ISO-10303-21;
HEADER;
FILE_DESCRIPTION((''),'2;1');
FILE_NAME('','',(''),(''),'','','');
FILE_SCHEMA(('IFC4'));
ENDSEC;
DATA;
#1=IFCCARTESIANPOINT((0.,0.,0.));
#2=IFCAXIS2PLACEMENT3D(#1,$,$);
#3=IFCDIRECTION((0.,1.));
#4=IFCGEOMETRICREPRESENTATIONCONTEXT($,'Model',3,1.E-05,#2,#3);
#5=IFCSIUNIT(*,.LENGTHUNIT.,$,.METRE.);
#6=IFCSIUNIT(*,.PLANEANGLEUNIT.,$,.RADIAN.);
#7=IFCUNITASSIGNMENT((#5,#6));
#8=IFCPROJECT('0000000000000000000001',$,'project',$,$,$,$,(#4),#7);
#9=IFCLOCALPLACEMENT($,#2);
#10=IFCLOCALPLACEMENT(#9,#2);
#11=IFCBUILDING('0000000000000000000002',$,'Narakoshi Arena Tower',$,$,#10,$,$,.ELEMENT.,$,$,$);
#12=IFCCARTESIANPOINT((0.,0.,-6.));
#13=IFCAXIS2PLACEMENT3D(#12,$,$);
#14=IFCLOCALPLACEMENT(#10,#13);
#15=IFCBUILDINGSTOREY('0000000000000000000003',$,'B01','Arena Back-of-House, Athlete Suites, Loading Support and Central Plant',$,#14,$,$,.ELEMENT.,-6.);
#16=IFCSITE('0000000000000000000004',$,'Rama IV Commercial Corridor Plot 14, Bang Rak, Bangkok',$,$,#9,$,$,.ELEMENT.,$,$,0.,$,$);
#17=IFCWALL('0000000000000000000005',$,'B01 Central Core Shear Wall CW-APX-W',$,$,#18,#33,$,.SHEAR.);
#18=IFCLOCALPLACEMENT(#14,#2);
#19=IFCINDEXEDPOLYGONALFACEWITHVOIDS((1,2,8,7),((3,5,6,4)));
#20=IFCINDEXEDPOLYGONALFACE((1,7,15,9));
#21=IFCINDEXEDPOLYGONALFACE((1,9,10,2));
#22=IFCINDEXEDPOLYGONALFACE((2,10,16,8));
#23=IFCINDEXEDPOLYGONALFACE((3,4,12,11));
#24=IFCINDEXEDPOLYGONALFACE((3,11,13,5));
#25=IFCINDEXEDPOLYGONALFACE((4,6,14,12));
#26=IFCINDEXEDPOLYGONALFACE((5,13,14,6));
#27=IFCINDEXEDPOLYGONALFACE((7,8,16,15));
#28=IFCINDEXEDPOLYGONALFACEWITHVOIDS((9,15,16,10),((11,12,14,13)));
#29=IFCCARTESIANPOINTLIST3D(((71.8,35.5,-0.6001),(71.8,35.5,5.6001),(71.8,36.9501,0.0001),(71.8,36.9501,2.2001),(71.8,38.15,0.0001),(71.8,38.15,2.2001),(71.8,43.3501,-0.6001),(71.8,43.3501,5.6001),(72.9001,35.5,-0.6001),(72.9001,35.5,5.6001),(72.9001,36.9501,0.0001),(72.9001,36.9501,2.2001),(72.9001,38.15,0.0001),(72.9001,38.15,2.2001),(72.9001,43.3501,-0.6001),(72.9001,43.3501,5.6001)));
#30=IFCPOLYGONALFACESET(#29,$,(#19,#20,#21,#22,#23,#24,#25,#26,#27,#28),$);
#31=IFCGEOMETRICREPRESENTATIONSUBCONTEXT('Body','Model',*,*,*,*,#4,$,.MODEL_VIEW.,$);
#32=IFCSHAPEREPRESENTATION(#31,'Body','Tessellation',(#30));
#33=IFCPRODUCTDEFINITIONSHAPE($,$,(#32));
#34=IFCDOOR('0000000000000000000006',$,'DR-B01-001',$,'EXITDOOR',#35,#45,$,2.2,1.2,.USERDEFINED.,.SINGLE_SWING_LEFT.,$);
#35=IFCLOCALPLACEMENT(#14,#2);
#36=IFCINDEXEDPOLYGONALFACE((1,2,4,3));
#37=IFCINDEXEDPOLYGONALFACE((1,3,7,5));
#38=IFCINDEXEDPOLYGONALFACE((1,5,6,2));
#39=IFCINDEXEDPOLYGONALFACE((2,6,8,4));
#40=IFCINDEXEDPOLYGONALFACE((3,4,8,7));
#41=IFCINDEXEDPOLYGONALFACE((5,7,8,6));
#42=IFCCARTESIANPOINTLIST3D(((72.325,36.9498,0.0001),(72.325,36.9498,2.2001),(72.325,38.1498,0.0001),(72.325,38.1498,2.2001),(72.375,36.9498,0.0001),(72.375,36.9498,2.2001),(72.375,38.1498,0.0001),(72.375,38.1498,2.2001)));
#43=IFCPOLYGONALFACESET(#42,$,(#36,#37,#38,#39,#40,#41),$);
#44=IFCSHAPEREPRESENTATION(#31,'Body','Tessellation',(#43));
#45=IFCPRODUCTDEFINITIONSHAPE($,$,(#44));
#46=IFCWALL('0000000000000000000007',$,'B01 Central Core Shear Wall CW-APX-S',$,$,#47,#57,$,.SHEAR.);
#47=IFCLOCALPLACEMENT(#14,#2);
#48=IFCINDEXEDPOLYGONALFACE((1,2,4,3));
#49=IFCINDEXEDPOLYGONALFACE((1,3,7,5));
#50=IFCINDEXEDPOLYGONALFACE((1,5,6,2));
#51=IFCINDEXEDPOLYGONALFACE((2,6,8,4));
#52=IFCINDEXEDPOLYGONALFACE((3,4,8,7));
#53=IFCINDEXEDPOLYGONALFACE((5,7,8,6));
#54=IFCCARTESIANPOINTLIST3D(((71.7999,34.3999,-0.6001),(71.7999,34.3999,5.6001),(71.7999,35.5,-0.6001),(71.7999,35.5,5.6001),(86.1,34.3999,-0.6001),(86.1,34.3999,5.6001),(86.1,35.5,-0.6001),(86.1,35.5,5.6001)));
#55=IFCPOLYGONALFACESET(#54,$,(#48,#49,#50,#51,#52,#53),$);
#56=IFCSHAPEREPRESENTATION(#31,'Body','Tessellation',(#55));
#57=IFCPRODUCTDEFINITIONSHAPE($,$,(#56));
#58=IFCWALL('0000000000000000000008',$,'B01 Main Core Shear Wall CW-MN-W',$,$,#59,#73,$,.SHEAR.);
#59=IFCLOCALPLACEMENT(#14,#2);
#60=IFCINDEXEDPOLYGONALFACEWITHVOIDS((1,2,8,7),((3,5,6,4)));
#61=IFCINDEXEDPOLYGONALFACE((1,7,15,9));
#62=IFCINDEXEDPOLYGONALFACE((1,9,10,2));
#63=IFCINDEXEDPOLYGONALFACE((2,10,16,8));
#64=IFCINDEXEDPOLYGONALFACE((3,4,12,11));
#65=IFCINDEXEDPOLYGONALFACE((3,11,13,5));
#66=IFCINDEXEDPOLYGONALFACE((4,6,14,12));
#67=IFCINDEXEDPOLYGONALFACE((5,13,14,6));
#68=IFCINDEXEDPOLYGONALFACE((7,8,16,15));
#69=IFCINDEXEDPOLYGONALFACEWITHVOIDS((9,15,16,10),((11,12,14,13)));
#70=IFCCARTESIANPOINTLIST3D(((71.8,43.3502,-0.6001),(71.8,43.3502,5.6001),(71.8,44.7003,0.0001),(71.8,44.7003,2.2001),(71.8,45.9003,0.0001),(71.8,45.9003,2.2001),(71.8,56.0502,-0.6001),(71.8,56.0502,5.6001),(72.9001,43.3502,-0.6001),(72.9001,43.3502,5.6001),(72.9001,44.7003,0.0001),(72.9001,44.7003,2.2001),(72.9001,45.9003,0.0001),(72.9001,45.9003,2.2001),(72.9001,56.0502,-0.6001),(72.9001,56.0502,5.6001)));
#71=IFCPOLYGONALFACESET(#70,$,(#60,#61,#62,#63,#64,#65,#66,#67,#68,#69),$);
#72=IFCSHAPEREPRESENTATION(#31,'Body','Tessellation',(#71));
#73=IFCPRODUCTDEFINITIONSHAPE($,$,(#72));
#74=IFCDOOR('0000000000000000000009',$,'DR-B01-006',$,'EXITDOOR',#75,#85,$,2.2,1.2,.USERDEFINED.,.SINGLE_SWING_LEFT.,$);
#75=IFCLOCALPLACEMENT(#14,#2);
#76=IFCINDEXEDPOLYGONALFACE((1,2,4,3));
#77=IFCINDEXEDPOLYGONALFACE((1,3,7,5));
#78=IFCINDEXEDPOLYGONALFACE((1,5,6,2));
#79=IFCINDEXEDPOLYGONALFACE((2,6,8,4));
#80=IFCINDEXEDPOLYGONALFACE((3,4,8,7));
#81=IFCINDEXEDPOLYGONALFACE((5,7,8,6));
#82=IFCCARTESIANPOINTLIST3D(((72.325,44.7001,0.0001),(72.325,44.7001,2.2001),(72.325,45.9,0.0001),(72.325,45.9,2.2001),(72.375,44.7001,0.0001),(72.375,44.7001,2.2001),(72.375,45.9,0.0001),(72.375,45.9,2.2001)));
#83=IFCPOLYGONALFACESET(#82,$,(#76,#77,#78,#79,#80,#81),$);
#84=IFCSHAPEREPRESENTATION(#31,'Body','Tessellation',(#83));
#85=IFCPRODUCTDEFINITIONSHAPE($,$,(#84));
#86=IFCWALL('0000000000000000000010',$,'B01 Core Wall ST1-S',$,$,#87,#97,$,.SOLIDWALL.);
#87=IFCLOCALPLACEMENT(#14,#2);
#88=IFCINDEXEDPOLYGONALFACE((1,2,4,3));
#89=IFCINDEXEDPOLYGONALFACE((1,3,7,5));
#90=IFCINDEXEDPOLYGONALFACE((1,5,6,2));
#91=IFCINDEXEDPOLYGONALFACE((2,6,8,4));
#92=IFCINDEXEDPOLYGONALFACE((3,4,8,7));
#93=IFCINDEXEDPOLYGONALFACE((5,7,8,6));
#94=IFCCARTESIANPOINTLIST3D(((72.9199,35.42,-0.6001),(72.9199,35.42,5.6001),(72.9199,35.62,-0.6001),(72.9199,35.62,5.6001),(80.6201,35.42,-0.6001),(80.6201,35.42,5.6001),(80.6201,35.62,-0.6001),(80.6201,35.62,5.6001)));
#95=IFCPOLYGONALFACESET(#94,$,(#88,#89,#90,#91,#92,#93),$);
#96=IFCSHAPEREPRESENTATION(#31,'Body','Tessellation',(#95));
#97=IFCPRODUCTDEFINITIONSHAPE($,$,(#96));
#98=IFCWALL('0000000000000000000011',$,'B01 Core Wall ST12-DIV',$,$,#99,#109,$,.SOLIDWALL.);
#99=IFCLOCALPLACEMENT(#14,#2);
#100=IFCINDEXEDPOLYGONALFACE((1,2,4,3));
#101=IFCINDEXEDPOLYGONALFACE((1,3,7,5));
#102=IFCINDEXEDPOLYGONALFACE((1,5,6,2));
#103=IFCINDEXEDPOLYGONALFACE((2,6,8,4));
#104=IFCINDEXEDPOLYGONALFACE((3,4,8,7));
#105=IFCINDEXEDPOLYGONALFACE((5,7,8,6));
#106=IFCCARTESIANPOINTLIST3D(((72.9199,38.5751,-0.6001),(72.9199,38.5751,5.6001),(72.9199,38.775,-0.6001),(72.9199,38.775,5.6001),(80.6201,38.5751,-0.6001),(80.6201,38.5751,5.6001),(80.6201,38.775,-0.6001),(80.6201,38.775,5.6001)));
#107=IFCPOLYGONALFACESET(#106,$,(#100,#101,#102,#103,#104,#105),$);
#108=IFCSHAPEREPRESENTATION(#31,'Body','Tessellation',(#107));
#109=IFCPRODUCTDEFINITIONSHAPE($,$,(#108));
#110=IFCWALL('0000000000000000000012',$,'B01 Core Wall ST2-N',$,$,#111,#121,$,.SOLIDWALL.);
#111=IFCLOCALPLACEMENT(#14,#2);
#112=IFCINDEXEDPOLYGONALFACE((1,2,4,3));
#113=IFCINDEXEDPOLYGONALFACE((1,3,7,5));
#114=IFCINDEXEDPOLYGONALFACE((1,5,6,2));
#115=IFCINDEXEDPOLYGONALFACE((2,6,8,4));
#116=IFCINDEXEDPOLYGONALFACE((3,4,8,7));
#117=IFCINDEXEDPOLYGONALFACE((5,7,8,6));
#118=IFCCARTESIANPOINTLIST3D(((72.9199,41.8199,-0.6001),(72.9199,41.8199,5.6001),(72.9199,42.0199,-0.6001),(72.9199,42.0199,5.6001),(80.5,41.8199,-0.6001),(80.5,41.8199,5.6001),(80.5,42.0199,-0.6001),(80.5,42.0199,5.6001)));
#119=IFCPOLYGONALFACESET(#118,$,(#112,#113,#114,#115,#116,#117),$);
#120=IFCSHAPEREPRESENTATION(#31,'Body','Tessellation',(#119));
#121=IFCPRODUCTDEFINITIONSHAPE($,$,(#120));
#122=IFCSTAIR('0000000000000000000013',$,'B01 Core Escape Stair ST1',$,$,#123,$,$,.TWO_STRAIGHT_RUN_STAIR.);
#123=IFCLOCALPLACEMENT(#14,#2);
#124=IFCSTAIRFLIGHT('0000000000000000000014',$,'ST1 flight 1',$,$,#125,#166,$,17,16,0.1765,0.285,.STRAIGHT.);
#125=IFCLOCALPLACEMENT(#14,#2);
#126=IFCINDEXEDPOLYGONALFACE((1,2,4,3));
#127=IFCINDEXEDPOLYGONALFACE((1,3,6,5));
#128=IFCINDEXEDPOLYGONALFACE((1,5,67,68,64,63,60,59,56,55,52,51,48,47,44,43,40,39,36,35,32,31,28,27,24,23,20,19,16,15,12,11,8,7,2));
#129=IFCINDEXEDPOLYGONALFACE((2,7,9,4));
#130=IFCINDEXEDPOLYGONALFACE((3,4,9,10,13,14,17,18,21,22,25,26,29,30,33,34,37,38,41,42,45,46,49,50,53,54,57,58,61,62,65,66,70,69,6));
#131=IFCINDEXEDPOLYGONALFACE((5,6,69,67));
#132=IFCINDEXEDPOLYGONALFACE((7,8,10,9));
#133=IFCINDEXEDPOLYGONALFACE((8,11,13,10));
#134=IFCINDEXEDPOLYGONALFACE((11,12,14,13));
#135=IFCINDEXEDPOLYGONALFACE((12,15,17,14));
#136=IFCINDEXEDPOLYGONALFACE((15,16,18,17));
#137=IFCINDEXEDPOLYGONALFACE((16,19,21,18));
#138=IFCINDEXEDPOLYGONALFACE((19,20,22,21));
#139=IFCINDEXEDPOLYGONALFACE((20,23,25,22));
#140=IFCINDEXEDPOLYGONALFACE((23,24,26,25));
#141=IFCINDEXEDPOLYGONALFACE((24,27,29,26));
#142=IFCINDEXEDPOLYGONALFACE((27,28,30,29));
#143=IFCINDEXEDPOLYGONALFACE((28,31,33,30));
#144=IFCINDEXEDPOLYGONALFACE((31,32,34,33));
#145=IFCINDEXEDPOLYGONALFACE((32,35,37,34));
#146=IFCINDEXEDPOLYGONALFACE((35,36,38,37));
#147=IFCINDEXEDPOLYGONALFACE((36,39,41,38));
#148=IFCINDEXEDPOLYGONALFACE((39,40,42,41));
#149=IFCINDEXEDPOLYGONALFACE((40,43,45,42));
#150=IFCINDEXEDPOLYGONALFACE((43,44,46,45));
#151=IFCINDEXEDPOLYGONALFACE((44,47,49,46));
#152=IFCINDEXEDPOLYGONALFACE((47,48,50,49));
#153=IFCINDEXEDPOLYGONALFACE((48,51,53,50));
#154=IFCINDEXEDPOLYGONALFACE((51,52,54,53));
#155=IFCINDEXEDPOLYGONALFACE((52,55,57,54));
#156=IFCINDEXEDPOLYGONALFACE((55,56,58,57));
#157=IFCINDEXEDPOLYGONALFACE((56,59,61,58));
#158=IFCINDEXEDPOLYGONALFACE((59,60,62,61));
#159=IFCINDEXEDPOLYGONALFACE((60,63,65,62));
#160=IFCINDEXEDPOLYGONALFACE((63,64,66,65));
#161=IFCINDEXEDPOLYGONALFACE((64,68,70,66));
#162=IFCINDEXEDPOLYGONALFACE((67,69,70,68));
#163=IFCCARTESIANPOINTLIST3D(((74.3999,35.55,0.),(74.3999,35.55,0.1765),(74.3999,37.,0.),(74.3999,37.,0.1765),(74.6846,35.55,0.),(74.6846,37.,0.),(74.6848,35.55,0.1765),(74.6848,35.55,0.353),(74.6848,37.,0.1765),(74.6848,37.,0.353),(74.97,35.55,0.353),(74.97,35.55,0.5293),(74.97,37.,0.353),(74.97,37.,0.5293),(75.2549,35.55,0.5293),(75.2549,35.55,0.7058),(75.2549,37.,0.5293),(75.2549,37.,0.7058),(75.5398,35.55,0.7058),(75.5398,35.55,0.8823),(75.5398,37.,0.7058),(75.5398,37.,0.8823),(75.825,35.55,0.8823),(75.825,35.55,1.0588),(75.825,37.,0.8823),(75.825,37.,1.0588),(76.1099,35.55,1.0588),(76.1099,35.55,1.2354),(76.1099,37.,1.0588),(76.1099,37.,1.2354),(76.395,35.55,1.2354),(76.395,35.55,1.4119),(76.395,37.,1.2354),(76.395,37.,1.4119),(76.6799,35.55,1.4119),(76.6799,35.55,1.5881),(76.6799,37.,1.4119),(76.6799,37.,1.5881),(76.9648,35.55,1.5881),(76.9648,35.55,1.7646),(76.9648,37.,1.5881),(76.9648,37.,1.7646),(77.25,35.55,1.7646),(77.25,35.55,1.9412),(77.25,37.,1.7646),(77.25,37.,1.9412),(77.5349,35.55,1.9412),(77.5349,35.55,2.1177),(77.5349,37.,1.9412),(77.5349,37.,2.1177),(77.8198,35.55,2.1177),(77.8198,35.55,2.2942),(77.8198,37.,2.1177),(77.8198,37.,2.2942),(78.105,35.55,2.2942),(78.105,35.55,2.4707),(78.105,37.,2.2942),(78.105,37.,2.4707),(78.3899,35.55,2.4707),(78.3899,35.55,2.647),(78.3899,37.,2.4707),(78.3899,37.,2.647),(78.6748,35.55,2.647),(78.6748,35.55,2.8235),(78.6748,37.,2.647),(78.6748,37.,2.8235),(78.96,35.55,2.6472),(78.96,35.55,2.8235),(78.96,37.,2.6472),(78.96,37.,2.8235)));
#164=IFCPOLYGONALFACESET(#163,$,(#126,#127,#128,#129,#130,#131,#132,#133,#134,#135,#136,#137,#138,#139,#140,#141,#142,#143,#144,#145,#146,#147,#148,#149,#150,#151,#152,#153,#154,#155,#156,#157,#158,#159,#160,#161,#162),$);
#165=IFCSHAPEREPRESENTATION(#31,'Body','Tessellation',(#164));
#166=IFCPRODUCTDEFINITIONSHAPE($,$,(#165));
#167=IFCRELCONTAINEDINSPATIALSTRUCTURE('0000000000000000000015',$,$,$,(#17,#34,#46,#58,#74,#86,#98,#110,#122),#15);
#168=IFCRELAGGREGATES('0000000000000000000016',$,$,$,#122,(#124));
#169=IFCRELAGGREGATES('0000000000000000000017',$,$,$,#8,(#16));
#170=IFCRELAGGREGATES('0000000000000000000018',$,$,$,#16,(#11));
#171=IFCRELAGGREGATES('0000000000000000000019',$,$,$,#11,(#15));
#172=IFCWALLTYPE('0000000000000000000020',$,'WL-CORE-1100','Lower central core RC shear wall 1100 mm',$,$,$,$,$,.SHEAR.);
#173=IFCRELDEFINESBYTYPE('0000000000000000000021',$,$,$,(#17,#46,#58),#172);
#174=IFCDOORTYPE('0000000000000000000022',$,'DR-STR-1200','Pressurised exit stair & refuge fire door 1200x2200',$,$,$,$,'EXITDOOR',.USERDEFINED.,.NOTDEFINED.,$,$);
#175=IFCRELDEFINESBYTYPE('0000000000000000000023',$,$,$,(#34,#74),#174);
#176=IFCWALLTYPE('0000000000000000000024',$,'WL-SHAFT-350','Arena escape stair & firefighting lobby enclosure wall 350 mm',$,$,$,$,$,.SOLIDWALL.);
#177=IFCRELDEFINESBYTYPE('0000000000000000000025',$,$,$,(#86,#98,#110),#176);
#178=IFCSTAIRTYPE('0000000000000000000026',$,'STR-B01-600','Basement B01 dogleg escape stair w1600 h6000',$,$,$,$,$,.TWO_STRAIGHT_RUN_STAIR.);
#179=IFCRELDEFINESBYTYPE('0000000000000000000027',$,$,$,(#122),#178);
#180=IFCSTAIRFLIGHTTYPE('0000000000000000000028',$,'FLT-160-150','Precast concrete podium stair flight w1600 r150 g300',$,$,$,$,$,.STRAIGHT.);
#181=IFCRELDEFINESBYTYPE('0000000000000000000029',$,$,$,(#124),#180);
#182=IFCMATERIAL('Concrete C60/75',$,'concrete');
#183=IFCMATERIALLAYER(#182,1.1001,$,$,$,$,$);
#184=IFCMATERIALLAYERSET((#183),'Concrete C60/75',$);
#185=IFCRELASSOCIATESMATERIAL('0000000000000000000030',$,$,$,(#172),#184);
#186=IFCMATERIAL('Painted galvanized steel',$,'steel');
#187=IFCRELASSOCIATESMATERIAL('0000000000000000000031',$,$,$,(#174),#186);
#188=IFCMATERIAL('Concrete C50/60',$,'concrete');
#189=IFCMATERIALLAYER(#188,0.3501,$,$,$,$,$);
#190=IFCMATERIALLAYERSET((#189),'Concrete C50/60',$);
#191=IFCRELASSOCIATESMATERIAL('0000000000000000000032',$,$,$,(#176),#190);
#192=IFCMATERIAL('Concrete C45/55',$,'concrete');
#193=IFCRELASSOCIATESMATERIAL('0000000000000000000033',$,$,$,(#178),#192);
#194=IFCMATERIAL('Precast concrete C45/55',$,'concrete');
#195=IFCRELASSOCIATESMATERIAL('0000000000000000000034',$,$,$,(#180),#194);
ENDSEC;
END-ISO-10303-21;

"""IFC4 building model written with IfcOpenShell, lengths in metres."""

from ifc_helpers import new_model, si_unit, direction, frame, frame_2d, origin, place, context, subcontext, project, spatial, polyline, rectangle, outline, extrude, material, layer, layer_set, type_object, element, fill, aggregate, save


model = new_model("IFC4")

# Units and contexts
model_context = context("Model", 3, precision=1e-05, world=origin(), true_north=direction((0.0, 1.0)))
body_context = subcontext(model_context, "Body", "Model", "MODEL_VIEW")
ifc_project = project(units=[si_unit("LENGTHUNIT", "METRE"), si_unit("PLANEANGLEUNIT", "RADIAN")], contexts=[model_context])

# Site, building, storey
site_placement = place(None, origin())
site = spatial("IfcSite", under=ifc_project, at=site_placement, Name="Rama IV Commercial Corridor Plot 14, Bang Rak, Bangkok", CompositionType="ELEMENT", RefElevation=0.0)
building_placement = place(site_placement, origin())
building = spatial("IfcBuilding", under=site, at=building_placement, Name="Narakoshi Arena Tower", CompositionType="ELEMENT")
storey_placement = place(building_placement, frame((0.0, 0.0, -6.0)))
storey = spatial("IfcBuildingStorey", under=building, at=storey_placement, Name="B01", Description="Arena Back-of-House, Athlete Suites, Loading Support and Central Plant", CompositionType="ELEMENT", Elevation=-6.0)

# Shared definitions
ifc_material_1 = material(Name="Concrete C45/55", Category="concrete")

# Shared definitions
ifc_material_2 = material(Name="Concrete C60/75", Category="concrete")

# Wall, opening, door
ifc_layer_1 = layer(ifc_material_2, 1.1001)
ifc_layer_set_1 = layer_set([ifc_layer_1], Name="Concrete C60/75")
wall_type_1 = type_object("IfcWallType", Name="WL-CORE-1100", Description="Lower central core RC shear wall 1100 mm", PredefinedType="SHEAR", material=ifc_layer_set_1)
wall_1_placement = place(storey_placement, frame((72.3501, 35.5, -0.6001), z_axis=(0.0, 0.0, 1.0), x_axis=(0.0, 1.0, 0.0)))
wall_1 = element("IfcWall", 1, at=wall_1_placement, inside=storey, type_object=wall_type_1, Name="B01 Central Core Shear Wall CW-APX-W", PredefinedType="SHEAR", context=body_context, shape_type="SweptSolid", body=[
    extrude(rectangle(XDim=7.8501, YDim=1.1001, at=frame_2d((3.925, 0.0))), origin(), (0.0, 0.0, 1.0), 6.2002),
])
opening_1_placement = place(wall_1_placement, frame((1.45, 0.0, 0.6001)))
opening_1 = element("IfcOpeningElement", 2, at=opening_1_placement, cuts=wall_1, PredefinedType="OPENING", context=body_context, shape_type="SweptSolid", body=[
    extrude(rectangle(XDim=1.2, YDim=2.2, at=frame_2d((0.6001, 1.1001))), frame((0.0, 0.5601, 0.0), z_axis=(0.0, -1.0, 0.0), x_axis=(1.0, 0.0, 0.0)), (0.0, 0.0, 1.0), 1.1201),
])
ifc_material_3 = material(Name="Painted galvanized steel", Category="steel")
door_type = type_object("IfcDoorType", Name="DR-STR-1200", Description="Pressurised exit stair & refuge fire door 1200x2200", ElementType="EXITDOOR", OperationType="NOTDEFINED", PredefinedType="USERDEFINED", material=ifc_material_3)
door_1_placement = place(opening_1_placement, frame((1.2, 0.0, 0.0), z_axis=(0.0, 0.0, 1.0), x_axis=(-1.0, 0.0, 0.0)))
door_1 = element("IfcDoor", 3, at=door_1_placement, inside=storey, type_object=door_type, Name="DR-B01-001", ObjectType="EXITDOOR", OperationType="SINGLE_SWING_LEFT", OverallHeight=2.2, OverallWidth=1.2, PredefinedType="USERDEFINED", context=body_context, shape_type="SweptSolid", body=[
    extrude(rectangle(XDim=1.2, YDim=2.2, at=frame_2d((0.6001, 1.1001))), frame((0.0, 0.0249, 0.0), z_axis=(0.0, -1.0, 0.0), x_axis=(1.0, 0.0, 0.0)), (0.0, 0.0, 1.0), 0.05),
])
fill(opening_1, door_1)

# Wall
wall_2_placement = place(storey_placement, frame((71.8, 34.95, -0.6001), z_axis=(0.0, 0.0, 1.0), x_axis=(1.0, 0.0, 0.0)))
element("IfcWall", 4, at=wall_2_placement, inside=storey, type_object=wall_type_1, Name="B01 Central Core Shear Wall CW-APX-S", PredefinedType="SHEAR", context=body_context, shape_type="SweptSolid", body=[
    extrude(rectangle(XDim=14.3, YDim=1.1001, at=frame_2d((7.1499, 0.0))), origin(), (0.0, 0.0, 1.0), 6.2002),
])

# Wall, opening, door
wall_3_placement = place(storey_placement, frame((72.3501, 43.3501, -0.6001), z_axis=(0.0, 0.0, 1.0), x_axis=(0.0, 1.0, 0.0)))
wall_3 = element("IfcWall", 5, at=wall_3_placement, inside=storey, type_object=wall_type_1, Name="B01 Main Core Shear Wall CW-MN-W", PredefinedType="SHEAR", context=body_context, shape_type="SweptSolid", body=[
    extrude(rectangle(XDim=12.7, YDim=1.1001, at=frame_2d((6.3501, 0.0))), origin(), (0.0, 0.0, 1.0), 6.2002),
])
opening_2_placement = place(wall_3_placement, frame((1.3501, 0.0, 0.6001)))
opening_2 = element("IfcOpeningElement", 6, at=opening_2_placement, cuts=wall_3, PredefinedType="OPENING", context=body_context, shape_type="SweptSolid", body=[
    extrude(rectangle(XDim=1.2, YDim=2.2, at=frame_2d((0.6001, 1.1001))), frame((0.0, 0.5601, 0.0), z_axis=(0.0, -1.0, 0.0), x_axis=(1.0, 0.0, 0.0)), (0.0, 0.0, 1.0), 1.1201),
])
door_2_placement = place(opening_2_placement, frame((1.2, 0.0, 0.0), z_axis=(0.0, 0.0, 1.0), x_axis=(-1.0, 0.0, 0.0)))
door_2 = element("IfcDoor", 7, at=door_2_placement, inside=storey, type_object=door_type, Name="DR-B01-006", ObjectType="EXITDOOR", OperationType="SINGLE_SWING_LEFT", OverallHeight=2.2, OverallWidth=1.2, PredefinedType="USERDEFINED", context=body_context, shape_type="SweptSolid", body=[
    extrude(rectangle(XDim=1.2, YDim=2.2, at=frame_2d((0.6001, 1.1001))), frame((0.0, 0.0249, 0.0), z_axis=(0.0, -1.0, 0.0), x_axis=(1.0, 0.0, 0.0)), (0.0, 0.0, 1.0), 0.05),
])
fill(opening_2, door_2)

# Walls
ifc_material_4 = material(Name="Concrete C50/60", Category="concrete")
ifc_layer_2 = layer(ifc_material_4, 0.3501)
ifc_layer_set_2 = layer_set([ifc_layer_2], Name="Concrete C50/60")
wall_type_2 = type_object("IfcWallType", Name="WL-SHAFT-350", Description="Arena escape stair & firefighting lobby enclosure wall 350 mm", PredefinedType="SOLIDWALL", material=ifc_layer_set_2)
for number, where, z_axis, x_axis, name in (
    (8, (72.9199, 35.52, -0.6001), (0.0, 0.0, 1.0), (1.0, 0.0, 0.0), "B01 Core Wall ST1-S"),
    (9, (72.9199, 38.675, -0.6001), (0.0, 0.0, 1.0), (1.0, 0.0, 0.0), "B01 Core Wall ST12-DIV"),
):
    element("IfcWall", number, at=place(storey_placement, frame(where, z_axis=z_axis, x_axis=x_axis)), inside=storey, type_object=wall_type_2, Name=name, PredefinedType="SOLIDWALL", context=body_context, shape_type="SweptSolid", body=[
        extrude(rectangle(XDim=7.7002, YDim=0.2, at=frame_2d((3.8501, 0.0))), origin(), (0.0, 0.0, 1.0), 6.2002),
    ])
wall_4_placement = place(storey_placement, frame((72.9199, 41.9199, -0.6001), z_axis=(0.0, 0.0, 1.0), x_axis=(1.0, 0.0, 0.0)))
element("IfcWall", 10, at=wall_4_placement, inside=storey, type_object=wall_type_2, Name="B01 Core Wall ST2-N", PredefinedType="SOLIDWALL", context=body_context, shape_type="SweptSolid", body=[
    extrude(rectangle(XDim=7.5801, YDim=0.2, at=frame_2d((3.79, 0.0))), origin(), (0.0, 0.0, 1.0), 6.2002),
])

# Stair, stair flight
stair_type = type_object("IfcStairType", Name="STR-B01-600", Description="Basement B01 dogleg escape stair w1600 h6000", PredefinedType="TWO_STRAIGHT_RUN_STAIR", material=ifc_material_1)
stair_1_placement = place(storey_placement, origin())
stair_1 = element("IfcStair", 11, at=stair_1_placement, inside=storey, type_object=stair_type, Name="B01 Core Escape Stair ST1", PredefinedType="TWO_STRAIGHT_RUN_STAIR")
ifc_material_5 = material(Name="Precast concrete C45/55", Category="concrete")
stair_flight_type = type_object("IfcStairFlightType", Name="FLT-160-150", Description="Precast concrete podium stair flight w1600 r150 g300", PredefinedType="STRAIGHT", material=ifc_material_5)
stair_flight_1_placement = place(storey_placement, frame((74.3999, 36.2749, 0.0), z_axis=(0.0, 0.0, 1.0), x_axis=(1.0, 0.0, 0.0)))
stair_flight_1 = element("IfcStairFlight", 12, at=stair_flight_1_placement, type_object=stair_flight_type, Name="ST1 flight 1", NumberOfRisers=17, NumberOfTreads=16, PredefinedType="STRAIGHT", RiserHeight=0.1765, TreadLength=0.285, context=body_context, shape_type="SweptSolid", body=[
    extrude(outline(polyline([(0.0, 0.0), (0.0, 0.1765), (0.2849, 0.1765), (0.2849, 0.353), (0.5701, 0.353), (0.5701, 0.5293), (0.855, 0.5293), (0.855, 0.7058), (1.1399, 0.7058), (1.1399, 0.8823), (1.425, 0.8823), (1.425, 1.0588), (1.71, 1.0588), (1.71, 1.2354), (1.9951, 1.2354), (1.9951, 1.4119), (2.28, 1.4119), (2.28, 1.5881), (2.5649, 1.5881), (2.5649, 1.7646), (2.8501, 1.7646), (2.8501, 1.9412), (3.135, 1.9412), (3.135, 2.1177), (3.4199, 2.1177), (3.4199, 2.2942), (3.7051, 2.2942), (3.7051, 2.4707), (3.99, 2.4707), (3.99, 2.647), (4.2749, 2.647), (4.2749, 2.8235), (4.5601, 2.8235), (4.5601, 3.0), (4.5601, 2.6472), (0.2847, 0.0), (0.0, 0.0)])), frame((0.0, 0.7251, 0.0), z_axis=(0.0, -1.0, 0.0), x_axis=(1.0, 0.0, 0.0)), (0.0, 0.0, 1.0), 1.45),
])
aggregate(stair_1, [stair_flight_1])

save(model, "model.ifc")
